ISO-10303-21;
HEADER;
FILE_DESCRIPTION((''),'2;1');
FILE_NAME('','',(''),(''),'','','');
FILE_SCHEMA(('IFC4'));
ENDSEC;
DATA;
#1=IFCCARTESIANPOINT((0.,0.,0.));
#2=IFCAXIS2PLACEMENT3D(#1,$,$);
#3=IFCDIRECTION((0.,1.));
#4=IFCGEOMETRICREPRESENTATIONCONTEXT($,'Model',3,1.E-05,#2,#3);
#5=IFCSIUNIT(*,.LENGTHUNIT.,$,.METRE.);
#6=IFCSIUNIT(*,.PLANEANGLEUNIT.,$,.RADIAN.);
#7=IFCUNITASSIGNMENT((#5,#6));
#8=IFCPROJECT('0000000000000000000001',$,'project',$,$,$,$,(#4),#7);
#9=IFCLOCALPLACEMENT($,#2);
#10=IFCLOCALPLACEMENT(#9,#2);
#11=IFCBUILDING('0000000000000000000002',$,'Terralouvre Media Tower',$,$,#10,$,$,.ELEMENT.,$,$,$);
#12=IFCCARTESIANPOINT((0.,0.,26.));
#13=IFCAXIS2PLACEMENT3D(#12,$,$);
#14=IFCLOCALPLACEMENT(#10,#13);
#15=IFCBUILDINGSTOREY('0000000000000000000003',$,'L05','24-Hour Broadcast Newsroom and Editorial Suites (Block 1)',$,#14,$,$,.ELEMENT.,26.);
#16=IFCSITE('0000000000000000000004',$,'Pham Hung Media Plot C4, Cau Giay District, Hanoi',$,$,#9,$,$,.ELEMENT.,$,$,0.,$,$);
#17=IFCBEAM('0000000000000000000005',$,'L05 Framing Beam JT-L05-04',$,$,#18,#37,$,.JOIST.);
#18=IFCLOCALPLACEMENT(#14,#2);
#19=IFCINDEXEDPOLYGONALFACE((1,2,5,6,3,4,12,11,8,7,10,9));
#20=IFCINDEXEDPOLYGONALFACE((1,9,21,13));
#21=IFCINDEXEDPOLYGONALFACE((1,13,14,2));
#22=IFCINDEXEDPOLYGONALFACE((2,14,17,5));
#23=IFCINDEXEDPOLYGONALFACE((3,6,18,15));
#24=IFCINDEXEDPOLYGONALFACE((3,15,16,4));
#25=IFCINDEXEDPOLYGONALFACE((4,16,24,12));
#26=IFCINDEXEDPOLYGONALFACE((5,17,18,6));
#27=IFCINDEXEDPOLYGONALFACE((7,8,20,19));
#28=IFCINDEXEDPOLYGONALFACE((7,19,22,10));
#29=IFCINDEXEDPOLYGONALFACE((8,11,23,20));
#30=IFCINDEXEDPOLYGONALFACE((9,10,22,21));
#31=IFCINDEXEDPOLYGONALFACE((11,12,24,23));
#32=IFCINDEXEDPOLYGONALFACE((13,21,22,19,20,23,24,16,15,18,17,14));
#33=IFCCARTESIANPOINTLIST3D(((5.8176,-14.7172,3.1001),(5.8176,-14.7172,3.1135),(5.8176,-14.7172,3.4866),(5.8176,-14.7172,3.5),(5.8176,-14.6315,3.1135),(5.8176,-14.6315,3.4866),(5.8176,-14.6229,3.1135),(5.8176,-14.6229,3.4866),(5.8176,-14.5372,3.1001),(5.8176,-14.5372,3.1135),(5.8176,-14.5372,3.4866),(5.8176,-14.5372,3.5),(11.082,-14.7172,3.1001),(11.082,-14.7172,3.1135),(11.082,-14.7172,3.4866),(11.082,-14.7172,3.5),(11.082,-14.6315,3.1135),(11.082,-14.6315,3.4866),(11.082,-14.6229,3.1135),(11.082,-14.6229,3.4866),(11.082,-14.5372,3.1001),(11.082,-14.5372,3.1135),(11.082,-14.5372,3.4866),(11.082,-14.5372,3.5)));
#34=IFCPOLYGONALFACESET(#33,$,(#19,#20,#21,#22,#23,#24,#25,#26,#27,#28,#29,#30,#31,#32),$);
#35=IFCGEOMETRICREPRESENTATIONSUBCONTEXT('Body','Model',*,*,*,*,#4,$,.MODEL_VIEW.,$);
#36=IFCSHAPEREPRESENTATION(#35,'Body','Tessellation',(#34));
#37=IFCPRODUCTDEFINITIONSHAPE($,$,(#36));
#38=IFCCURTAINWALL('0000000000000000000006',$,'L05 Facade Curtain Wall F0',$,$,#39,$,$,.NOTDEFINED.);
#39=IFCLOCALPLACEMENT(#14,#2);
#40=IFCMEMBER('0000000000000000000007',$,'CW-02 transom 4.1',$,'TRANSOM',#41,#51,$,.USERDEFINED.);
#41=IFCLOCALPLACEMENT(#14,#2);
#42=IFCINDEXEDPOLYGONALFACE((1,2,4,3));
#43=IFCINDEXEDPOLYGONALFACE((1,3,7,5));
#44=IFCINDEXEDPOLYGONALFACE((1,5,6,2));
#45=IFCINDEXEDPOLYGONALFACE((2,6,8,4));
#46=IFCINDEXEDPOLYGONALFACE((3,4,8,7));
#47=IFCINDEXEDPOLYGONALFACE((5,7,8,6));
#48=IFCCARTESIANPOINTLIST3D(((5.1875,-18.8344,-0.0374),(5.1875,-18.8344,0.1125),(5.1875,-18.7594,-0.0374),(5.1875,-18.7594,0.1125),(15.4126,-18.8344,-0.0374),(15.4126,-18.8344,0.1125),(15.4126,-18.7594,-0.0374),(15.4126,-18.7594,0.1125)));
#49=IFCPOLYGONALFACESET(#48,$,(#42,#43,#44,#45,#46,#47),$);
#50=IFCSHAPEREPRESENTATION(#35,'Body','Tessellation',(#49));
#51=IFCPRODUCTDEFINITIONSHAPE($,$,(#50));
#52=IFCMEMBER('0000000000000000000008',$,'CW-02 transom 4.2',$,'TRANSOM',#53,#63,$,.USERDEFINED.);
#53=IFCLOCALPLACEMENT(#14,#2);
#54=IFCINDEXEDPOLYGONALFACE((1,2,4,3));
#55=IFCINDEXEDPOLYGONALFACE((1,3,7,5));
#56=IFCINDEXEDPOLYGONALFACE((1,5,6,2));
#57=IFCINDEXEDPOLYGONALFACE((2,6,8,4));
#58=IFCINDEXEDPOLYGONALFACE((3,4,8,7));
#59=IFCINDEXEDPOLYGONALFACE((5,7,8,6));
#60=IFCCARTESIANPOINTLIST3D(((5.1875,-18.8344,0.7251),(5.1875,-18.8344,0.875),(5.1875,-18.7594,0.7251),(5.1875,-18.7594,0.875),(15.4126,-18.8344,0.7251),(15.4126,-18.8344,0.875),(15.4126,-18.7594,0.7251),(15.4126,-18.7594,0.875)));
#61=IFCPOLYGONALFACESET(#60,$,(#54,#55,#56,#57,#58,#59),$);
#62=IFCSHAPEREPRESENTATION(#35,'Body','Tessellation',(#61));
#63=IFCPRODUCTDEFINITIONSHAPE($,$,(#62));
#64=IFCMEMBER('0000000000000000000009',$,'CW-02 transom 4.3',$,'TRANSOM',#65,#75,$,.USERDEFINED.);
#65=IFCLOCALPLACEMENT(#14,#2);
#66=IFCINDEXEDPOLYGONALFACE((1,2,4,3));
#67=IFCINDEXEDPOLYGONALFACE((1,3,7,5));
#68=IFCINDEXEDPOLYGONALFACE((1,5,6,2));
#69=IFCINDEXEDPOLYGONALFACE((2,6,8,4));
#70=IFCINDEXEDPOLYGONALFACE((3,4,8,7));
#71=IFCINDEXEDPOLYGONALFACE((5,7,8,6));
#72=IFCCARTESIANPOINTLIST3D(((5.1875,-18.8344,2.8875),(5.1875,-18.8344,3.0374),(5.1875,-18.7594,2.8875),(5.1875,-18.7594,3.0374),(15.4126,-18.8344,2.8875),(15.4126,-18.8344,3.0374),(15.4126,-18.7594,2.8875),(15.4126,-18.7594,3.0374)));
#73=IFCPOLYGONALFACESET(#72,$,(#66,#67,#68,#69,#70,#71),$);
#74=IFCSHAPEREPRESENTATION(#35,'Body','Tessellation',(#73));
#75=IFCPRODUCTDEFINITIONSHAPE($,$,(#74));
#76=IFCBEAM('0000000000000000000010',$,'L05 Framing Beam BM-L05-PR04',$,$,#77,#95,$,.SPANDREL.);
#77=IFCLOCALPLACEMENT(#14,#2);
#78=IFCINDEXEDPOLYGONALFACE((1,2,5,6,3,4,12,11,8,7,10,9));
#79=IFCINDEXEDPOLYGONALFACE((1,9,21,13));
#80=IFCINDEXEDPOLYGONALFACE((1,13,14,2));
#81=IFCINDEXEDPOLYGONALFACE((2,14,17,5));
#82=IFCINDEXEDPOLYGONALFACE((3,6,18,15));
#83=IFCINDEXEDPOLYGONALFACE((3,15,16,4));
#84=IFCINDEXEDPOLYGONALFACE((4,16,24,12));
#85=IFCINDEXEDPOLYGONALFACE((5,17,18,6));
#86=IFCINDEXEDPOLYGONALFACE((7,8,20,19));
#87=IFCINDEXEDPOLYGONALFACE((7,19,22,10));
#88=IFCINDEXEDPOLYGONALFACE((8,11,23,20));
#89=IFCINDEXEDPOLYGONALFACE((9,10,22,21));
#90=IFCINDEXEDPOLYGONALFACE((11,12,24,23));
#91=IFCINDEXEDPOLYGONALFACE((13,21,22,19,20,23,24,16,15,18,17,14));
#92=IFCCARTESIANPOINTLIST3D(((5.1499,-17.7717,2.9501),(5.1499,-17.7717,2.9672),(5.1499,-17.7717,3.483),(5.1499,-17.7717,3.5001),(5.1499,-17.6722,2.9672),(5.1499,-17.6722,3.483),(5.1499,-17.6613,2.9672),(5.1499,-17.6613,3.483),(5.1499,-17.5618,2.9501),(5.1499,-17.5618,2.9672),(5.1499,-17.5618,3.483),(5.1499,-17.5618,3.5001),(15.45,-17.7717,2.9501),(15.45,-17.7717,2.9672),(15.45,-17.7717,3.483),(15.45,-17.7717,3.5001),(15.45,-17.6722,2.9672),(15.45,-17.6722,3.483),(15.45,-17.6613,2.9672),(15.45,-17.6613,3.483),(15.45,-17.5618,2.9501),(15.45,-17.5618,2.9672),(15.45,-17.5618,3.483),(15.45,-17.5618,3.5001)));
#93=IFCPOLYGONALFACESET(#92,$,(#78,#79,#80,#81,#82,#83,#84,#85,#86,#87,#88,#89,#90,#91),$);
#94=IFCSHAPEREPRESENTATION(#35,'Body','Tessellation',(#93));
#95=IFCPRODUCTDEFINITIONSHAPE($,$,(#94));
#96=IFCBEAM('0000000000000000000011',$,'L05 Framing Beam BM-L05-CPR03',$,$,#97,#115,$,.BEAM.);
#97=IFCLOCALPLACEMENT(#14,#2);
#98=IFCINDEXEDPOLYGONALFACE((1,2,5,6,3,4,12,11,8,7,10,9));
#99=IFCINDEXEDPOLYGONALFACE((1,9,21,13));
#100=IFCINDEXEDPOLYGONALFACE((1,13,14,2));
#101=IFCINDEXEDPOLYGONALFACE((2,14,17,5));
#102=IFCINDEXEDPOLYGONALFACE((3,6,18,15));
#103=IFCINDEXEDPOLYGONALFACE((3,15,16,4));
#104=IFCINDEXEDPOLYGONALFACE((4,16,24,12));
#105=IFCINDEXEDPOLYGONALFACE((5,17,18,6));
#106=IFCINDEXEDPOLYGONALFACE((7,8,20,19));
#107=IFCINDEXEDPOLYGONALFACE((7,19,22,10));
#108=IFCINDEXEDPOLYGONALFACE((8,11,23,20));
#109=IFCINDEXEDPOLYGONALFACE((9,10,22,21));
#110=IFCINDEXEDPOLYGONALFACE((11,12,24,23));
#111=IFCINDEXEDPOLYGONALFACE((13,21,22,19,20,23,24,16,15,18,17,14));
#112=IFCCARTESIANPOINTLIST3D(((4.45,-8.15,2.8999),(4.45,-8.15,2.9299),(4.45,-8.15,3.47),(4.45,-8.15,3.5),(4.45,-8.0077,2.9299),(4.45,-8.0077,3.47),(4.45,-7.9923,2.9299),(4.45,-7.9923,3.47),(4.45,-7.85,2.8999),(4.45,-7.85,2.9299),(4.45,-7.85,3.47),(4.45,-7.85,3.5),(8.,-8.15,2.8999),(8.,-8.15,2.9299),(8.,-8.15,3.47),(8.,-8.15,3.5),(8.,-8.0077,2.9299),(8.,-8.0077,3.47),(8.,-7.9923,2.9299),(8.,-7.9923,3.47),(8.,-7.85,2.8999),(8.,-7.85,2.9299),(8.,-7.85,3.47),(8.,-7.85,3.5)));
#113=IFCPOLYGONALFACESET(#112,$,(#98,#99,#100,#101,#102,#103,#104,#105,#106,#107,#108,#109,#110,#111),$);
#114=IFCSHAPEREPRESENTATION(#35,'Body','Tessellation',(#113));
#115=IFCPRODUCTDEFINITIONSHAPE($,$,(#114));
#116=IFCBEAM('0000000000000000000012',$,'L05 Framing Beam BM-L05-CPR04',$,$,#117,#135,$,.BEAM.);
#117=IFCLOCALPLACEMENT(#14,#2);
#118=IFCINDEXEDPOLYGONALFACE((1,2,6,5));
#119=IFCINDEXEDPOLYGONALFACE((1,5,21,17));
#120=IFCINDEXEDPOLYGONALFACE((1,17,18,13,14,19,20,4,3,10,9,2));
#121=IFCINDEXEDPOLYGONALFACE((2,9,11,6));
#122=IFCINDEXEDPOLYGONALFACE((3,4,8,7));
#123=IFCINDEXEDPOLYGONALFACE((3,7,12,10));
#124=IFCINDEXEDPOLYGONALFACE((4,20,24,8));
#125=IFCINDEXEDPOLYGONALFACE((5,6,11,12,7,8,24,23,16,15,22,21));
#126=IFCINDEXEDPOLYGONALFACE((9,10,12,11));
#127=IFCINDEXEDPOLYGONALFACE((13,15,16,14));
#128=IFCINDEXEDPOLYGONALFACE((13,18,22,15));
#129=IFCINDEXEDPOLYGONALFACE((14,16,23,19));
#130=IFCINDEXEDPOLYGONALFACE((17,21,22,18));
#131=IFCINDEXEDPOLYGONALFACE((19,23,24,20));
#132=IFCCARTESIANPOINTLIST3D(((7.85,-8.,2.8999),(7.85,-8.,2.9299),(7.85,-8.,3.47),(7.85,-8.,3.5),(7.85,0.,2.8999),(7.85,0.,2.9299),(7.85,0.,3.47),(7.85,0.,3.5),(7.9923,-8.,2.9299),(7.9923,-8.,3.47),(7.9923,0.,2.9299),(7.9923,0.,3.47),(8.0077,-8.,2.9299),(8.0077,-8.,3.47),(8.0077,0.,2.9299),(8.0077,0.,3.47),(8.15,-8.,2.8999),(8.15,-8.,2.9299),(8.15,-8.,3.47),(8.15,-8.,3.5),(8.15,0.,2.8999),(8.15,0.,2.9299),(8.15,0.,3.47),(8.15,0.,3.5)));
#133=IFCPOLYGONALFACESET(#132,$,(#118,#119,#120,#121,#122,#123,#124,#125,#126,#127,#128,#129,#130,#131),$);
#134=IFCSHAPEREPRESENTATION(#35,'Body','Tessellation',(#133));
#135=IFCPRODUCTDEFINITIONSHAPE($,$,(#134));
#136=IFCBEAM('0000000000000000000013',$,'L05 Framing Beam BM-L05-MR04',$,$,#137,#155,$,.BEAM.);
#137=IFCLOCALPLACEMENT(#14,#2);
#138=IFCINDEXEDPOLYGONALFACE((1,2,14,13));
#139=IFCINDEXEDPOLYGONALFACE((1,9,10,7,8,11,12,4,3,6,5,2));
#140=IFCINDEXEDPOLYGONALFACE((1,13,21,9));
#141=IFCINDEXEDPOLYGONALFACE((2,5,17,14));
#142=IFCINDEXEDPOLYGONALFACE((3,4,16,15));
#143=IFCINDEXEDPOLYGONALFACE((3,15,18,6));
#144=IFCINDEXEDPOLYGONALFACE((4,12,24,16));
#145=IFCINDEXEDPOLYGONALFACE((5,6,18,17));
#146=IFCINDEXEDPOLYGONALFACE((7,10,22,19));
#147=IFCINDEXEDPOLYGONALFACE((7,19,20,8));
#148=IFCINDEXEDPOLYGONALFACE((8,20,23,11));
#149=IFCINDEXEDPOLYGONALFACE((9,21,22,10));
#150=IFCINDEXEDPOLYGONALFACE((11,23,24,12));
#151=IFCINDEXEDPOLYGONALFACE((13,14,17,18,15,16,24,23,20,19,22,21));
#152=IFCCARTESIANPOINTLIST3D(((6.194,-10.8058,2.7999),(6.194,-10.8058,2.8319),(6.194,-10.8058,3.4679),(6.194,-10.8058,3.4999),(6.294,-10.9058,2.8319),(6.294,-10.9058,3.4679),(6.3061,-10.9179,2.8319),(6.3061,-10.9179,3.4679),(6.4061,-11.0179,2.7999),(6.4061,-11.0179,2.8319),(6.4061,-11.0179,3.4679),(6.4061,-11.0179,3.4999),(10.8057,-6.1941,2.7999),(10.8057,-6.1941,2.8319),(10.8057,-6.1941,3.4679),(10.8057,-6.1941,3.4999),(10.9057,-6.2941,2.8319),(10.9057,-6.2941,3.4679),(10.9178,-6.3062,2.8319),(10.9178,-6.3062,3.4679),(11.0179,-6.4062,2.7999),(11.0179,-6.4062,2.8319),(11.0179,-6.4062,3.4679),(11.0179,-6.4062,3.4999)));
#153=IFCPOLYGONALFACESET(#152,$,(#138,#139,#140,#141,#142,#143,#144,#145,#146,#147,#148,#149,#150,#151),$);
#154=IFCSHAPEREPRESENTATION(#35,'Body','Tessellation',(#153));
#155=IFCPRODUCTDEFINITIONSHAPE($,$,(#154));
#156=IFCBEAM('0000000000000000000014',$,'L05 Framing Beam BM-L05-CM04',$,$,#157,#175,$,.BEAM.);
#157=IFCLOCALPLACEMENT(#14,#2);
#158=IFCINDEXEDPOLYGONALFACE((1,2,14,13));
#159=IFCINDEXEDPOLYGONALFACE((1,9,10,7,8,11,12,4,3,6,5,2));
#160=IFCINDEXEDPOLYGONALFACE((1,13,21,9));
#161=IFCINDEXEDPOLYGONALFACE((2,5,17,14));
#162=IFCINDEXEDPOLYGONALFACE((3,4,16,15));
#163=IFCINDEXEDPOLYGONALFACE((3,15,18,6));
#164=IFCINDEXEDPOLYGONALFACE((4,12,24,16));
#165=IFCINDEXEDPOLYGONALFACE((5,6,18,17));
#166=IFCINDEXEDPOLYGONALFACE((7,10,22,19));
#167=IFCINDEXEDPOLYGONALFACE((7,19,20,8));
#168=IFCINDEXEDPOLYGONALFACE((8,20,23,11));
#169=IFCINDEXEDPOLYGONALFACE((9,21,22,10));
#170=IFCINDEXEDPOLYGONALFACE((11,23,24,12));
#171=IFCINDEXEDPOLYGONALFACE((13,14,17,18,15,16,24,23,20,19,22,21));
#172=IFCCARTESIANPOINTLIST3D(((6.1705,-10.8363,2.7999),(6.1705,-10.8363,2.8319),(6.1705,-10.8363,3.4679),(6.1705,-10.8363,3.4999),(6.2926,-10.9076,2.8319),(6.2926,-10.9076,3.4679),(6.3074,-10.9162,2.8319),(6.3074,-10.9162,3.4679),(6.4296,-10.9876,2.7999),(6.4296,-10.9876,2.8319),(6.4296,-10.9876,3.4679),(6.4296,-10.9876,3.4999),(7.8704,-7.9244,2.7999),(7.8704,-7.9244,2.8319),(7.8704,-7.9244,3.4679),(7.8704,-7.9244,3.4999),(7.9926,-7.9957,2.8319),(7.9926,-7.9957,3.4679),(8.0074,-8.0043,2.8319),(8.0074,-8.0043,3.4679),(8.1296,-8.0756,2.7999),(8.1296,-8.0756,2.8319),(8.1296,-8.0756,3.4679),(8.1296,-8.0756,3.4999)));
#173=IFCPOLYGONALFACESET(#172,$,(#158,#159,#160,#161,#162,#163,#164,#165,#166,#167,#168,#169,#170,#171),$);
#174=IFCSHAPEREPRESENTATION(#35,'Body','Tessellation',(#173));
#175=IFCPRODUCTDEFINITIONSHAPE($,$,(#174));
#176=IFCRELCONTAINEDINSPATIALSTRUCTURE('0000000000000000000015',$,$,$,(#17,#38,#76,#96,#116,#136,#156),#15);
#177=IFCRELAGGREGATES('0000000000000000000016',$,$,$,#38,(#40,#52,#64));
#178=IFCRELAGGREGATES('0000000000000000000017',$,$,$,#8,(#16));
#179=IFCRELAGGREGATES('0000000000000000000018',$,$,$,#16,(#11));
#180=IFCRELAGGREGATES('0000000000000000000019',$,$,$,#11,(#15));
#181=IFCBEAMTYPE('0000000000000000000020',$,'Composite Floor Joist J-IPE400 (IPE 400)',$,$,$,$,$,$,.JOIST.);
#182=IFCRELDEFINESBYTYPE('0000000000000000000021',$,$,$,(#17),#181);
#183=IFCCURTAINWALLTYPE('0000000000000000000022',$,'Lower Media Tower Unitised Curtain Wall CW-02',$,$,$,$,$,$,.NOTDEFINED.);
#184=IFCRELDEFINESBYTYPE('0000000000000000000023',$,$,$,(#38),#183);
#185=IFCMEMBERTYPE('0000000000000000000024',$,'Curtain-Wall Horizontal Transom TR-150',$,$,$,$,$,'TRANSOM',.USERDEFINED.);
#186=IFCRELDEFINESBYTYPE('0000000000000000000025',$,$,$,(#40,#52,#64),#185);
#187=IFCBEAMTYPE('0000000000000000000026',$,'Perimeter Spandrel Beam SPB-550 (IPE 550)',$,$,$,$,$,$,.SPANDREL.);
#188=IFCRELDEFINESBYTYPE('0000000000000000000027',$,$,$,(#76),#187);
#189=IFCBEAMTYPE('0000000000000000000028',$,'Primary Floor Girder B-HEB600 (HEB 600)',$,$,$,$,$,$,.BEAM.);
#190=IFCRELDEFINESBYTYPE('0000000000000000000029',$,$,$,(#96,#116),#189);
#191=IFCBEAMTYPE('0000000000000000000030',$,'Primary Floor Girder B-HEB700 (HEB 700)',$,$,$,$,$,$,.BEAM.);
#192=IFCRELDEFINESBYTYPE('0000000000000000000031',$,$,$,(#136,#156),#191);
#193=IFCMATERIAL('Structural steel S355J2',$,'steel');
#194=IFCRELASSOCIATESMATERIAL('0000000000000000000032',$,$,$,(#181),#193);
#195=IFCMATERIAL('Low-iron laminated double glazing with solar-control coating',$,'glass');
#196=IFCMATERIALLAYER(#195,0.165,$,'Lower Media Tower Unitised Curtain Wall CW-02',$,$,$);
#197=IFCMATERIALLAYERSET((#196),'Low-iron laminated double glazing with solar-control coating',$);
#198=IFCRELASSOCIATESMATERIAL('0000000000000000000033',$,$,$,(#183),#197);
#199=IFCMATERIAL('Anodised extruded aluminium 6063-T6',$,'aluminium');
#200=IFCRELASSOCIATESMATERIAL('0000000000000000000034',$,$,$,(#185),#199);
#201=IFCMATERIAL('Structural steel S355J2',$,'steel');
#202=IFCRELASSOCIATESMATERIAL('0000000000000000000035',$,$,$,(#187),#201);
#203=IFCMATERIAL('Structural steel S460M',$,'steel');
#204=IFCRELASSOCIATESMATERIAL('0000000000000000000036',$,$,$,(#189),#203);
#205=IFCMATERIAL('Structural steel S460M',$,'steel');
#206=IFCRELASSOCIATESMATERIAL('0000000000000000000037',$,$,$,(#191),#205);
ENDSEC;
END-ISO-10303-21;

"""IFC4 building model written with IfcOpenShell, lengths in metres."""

from ifc_helpers import new_model, si_unit, direction, frame, origin, origin_2d, place, context, subcontext, project, spatial, rectangle, i_section, extrude, material, layer, layer_set, material_profile, profile_set, type_object, element, aggregate, save


model = new_model("IFC4")

# Units and contexts
model_context = context("Model", 3, precision=1e-05, world=origin(), true_north=direction((0.0, 1.0)))
body_context = subcontext(model_context, "Body", "Model", "MODEL_VIEW")
ifc_project = project(units=[si_unit("LENGTHUNIT", "METRE"), si_unit("PLANEANGLEUNIT", "RADIAN")], contexts=[model_context])

# Site, building, storey
site_placement = place(None, origin())
site = spatial("IfcSite", under=ifc_project, at=site_placement, Name="Pham Hung Media Plot C4, Cau Giay District, Hanoi", CompositionType="ELEMENT", RefElevation=0.0)
building_placement = place(site_placement, origin())
building = spatial("IfcBuilding", under=site, at=building_placement, Name="Terralouvre Media Tower", CompositionType="ELEMENT")
storey_placement = place(building_placement, frame((0.0, 0.0, 26.0)))
storey = spatial("IfcBuildingStorey", under=building, at=storey_placement, Name="L05", Description="24-Hour Broadcast Newsroom and Editorial Suites (Block 1)", CompositionType="ELEMENT", Elevation=26.0)

# Beam
ifc_material_1 = material(Name="Structural steel S355J2", Category="steel")
ifc_material_profile_1 = material_profile(ifc_material_1, i_section(OverallWidth=0.1799, OverallDepth=0.3999, WebThickness=0.0085, FlangeThickness=0.0134, at=origin_2d()), Name="IPE 400")
ifc_profile_set_1 = profile_set([ifc_material_profile_1], Name="Structural steel S355J2")
beam_type_1 = type_object("IfcBeamType", Name="Composite Floor Joist J-IPE400 (IPE 400)", PredefinedType="JOIST", material=ifc_profile_set_1)
beam_1_placement = place(storey_placement, frame((5.8176, -14.6272, 3.3), z_axis=(1.0, 0.0, 0.0), x_axis=(0.0, 1.0, 0.0)))
element("IfcBeam", 1, at=beam_1_placement, inside=storey, type_object=beam_type_1, Name="L05 Framing Beam JT-L05-04", PredefinedType="JOIST", context=body_context, shape_type="SweptSolid", body=[
    extrude(i_section(OverallWidth=0.1799, OverallDepth=0.3999, WebThickness=0.0085, FlangeThickness=0.0134, at=origin_2d()), origin(), (0.0, 0.0, 1.0), 5.2644),
])

# Curtain wall, members
ifc_material_2 = material(Name="Low-iron laminated double glazing with solar-control coating", Category="glass")
ifc_layer_1 = layer(ifc_material_2, 0.165, Name="Lower Media Tower Unitised Curtain Wall CW-02")
ifc_layer_set_1 = layer_set([ifc_layer_1], Name="Low-iron laminated double glazing with solar-control coating")
curtain_wall_type = type_object("IfcCurtainWallType", Name="Lower Media Tower Unitised Curtain Wall CW-02", PredefinedType="NOTDEFINED", material=ifc_layer_set_1)
curtain_wall_placement = place(storey_placement, origin())
curtain_wall = element("IfcCurtainWall", 2, at=curtain_wall_placement, inside=storey, type_object=curtain_wall_type, Name="L05 Facade Curtain Wall F0", PredefinedType="NOTDEFINED")
ifc_material_3 = material(Name="Anodised extruded aluminium 6063-T6", Category="aluminium")
ifc_material_profile_2 = material_profile(ifc_material_3, rectangle(XDim=0.075, YDim=0.1499, at=origin_2d()), Name="ALU 75x150")
ifc_profile_set_2 = profile_set([ifc_material_profile_2], Name="Anodised extruded aluminium 6063-T6")
member_type = type_object("IfcMemberType", Name="Curtain-Wall Horizontal Transom TR-150", ElementType="TRANSOM", PredefinedType="USERDEFINED", material=ifc_profile_set_2)
member_1_placement = place(storey_placement, frame((5.1875, -18.7969, 0.0376), z_axis=(1.0, 0.0, 0.0), x_axis=(0.0, 1.0, 0.0)))
member_1 = element("IfcMember", 3, at=member_1_placement, type_object=member_type, Name="CW-02 transom 4.1", ObjectType="TRANSOM", PredefinedType="USERDEFINED", context=body_context, shape_type="SweptSolid", body=[
    extrude(rectangle(XDim=0.075, YDim=0.1499, at=origin_2d()), origin(), (0.0, 0.0, 1.0), 10.2251),
])
member_2_placement = place(storey_placement, frame((5.1875, -18.7969, 0.8), z_axis=(1.0, 0.0, 0.0), x_axis=(0.0, 1.0, 0.0)))
member_2 = element("IfcMember", 4, at=member_2_placement, type_object=member_type, Name="CW-02 transom 4.2", ObjectType="TRANSOM", PredefinedType="USERDEFINED", context=body_context, shape_type="SweptSolid", body=[
    extrude(rectangle(XDim=0.075, YDim=0.1499, at=origin_2d()), origin(), (0.0, 0.0, 1.0), 10.2251),
])
member_3_placement = place(storey_placement, frame((5.1875, -18.7969, 2.9624), z_axis=(1.0, 0.0, 0.0), x_axis=(0.0, 1.0, 0.0)))
member_3 = element("IfcMember", 5, at=member_3_placement, type_object=member_type, Name="CW-02 transom 4.3", ObjectType="TRANSOM", PredefinedType="USERDEFINED", context=body_context, shape_type="SweptSolid", body=[
    extrude(rectangle(XDim=0.075, YDim=0.1499, at=origin_2d()), origin(), (0.0, 0.0, 1.0), 10.2251),
])

# Beams
ifc_material_4 = material(Name="Structural steel S355J2", Category="steel")
ifc_material_profile_3 = material_profile(ifc_material_4, i_section(OverallWidth=0.21, OverallDepth=0.55, WebThickness=0.011, FlangeThickness=0.0171, at=origin_2d()), Name="IPE 550")
ifc_profile_set_3 = profile_set([ifc_material_profile_3], Name="Structural steel S355J2")
beam_type_2 = type_object("IfcBeamType", Name="Perimeter Spandrel Beam SPB-550 (IPE 550)", PredefinedType="SPANDREL", material=ifc_profile_set_3)
beam_2_placement = place(storey_placement, frame((5.1499, -17.6667, 3.2251), z_axis=(1.0, 0.0, 0.0), x_axis=(0.0, 1.0, 0.0)))
element("IfcBeam", 6, at=beam_2_placement, inside=storey, type_object=beam_type_2, Name="L05 Framing Beam BM-L05-PR04", PredefinedType="SPANDREL", context=body_context, shape_type="SweptSolid", body=[
    extrude(i_section(OverallWidth=0.21, OverallDepth=0.55, WebThickness=0.011, FlangeThickness=0.0171, at=origin_2d()), origin(), (0.0, 0.0, 1.0), 10.3),
])
ifc_material_5 = material(Name="Structural steel S460M", Category="steel")
ifc_material_profile_4 = material_profile(ifc_material_5, i_section(OverallWidth=0.3, OverallDepth=0.6001, WebThickness=0.0154, FlangeThickness=0.03, at=origin_2d()), Name="HEB 600")
ifc_profile_set_4 = profile_set([ifc_material_profile_4], Name="Structural steel S460M")
beam_type_3 = type_object("IfcBeamType", Name="Primary Floor Girder B-HEB600 (HEB 600)", PredefinedType="BEAM", material=ifc_profile_set_4)
beam_3_placement = place(storey_placement, frame((4.45, -8.0, 3.2), z_axis=(1.0, 0.0, 0.0), x_axis=(0.0, 1.0, 0.0)))
element("IfcBeam", 7, at=beam_3_placement, inside=storey, type_object=beam_type_3, Name="L05 Framing Beam BM-L05-CPR03", PredefinedType="BEAM", context=body_context, shape_type="SweptSolid", body=[
    extrude(i_section(OverallWidth=0.3, OverallDepth=0.6001, WebThickness=0.0154, FlangeThickness=0.03, at=origin_2d()), origin(), (0.0, 0.0, 1.0), 3.55),
])
beam_4_placement = place(storey_placement, frame((8.0, -8.0, 3.2), z_axis=(0.0, 1.0, 0.0), x_axis=(-1.0, 0.0, 0.0)))
element("IfcBeam", 8, at=beam_4_placement, inside=storey, type_object=beam_type_3, Name="L05 Framing Beam BM-L05-CPR04", PredefinedType="BEAM", context=body_context, shape_type="SweptSolid", body=[
    extrude(i_section(OverallWidth=0.3, OverallDepth=0.6001, WebThickness=0.0154, FlangeThickness=0.03, at=origin_2d()), origin(), (0.0, 0.0, 1.0), 8.0),
])
ifc_material_6 = material(Name="Structural steel S460M", Category="steel")
ifc_material_profile_5 = material_profile(ifc_material_6, i_section(OverallWidth=0.3, OverallDepth=0.7, WebThickness=0.0171, FlangeThickness=0.032, at=origin_2d()), Name="HEB 700")
ifc_profile_set_5 = profile_set([ifc_material_profile_5], Name="Structural steel S460M")
beam_type_4 = type_object("IfcBeamType", Name="Primary Floor Girder B-HEB700 (HEB 700)", PredefinedType="BEAM", material=ifc_profile_set_5)
beam_5_placement = place(storey_placement, frame((6.3, -10.9119, 3.1499), z_axis=(0.707107, 0.707107, 0.0), x_axis=(-0.707107, 0.707107, 0.0)))
element("IfcBeam", 9, at=beam_5_placement, inside=storey, type_object=beam_type_4, Name="L05 Framing Beam BM-L05-MR04", PredefinedType="BEAM", context=body_context, shape_type="SweptSolid", body=[
    extrude(i_section(OverallWidth=0.3, OverallDepth=0.7, WebThickness=0.0171, FlangeThickness=0.032, at=origin_2d()), origin(), (0.0, 0.0, 1.0), 6.522),
])
for number, where, z_axis, x_axis, name in (
    (10, (8.0, -8.0, 3.1499), (-0.504173, -0.863603, 0.0), (0.863603, -0.504173, 0.0), "L05 Framing Beam BM-L05-CM04"),
):
    element("IfcBeam", number, at=place(storey_placement, frame(where, z_axis=z_axis, x_axis=x_axis)), inside=storey, type_object=beam_type_4, Name=name, PredefinedType="BEAM", context=body_context, shape_type="SweptSolid", body=[
        extrude(i_section(OverallWidth=0.3, OverallDepth=0.7, WebThickness=0.0171, FlangeThickness=0.032, at=origin_2d()), origin(), (0.0, 0.0, 1.0), 3.3718),
    ])

aggregate(curtain_wall, [member_1, member_2, member_3])

save(model, "model.ifc")
